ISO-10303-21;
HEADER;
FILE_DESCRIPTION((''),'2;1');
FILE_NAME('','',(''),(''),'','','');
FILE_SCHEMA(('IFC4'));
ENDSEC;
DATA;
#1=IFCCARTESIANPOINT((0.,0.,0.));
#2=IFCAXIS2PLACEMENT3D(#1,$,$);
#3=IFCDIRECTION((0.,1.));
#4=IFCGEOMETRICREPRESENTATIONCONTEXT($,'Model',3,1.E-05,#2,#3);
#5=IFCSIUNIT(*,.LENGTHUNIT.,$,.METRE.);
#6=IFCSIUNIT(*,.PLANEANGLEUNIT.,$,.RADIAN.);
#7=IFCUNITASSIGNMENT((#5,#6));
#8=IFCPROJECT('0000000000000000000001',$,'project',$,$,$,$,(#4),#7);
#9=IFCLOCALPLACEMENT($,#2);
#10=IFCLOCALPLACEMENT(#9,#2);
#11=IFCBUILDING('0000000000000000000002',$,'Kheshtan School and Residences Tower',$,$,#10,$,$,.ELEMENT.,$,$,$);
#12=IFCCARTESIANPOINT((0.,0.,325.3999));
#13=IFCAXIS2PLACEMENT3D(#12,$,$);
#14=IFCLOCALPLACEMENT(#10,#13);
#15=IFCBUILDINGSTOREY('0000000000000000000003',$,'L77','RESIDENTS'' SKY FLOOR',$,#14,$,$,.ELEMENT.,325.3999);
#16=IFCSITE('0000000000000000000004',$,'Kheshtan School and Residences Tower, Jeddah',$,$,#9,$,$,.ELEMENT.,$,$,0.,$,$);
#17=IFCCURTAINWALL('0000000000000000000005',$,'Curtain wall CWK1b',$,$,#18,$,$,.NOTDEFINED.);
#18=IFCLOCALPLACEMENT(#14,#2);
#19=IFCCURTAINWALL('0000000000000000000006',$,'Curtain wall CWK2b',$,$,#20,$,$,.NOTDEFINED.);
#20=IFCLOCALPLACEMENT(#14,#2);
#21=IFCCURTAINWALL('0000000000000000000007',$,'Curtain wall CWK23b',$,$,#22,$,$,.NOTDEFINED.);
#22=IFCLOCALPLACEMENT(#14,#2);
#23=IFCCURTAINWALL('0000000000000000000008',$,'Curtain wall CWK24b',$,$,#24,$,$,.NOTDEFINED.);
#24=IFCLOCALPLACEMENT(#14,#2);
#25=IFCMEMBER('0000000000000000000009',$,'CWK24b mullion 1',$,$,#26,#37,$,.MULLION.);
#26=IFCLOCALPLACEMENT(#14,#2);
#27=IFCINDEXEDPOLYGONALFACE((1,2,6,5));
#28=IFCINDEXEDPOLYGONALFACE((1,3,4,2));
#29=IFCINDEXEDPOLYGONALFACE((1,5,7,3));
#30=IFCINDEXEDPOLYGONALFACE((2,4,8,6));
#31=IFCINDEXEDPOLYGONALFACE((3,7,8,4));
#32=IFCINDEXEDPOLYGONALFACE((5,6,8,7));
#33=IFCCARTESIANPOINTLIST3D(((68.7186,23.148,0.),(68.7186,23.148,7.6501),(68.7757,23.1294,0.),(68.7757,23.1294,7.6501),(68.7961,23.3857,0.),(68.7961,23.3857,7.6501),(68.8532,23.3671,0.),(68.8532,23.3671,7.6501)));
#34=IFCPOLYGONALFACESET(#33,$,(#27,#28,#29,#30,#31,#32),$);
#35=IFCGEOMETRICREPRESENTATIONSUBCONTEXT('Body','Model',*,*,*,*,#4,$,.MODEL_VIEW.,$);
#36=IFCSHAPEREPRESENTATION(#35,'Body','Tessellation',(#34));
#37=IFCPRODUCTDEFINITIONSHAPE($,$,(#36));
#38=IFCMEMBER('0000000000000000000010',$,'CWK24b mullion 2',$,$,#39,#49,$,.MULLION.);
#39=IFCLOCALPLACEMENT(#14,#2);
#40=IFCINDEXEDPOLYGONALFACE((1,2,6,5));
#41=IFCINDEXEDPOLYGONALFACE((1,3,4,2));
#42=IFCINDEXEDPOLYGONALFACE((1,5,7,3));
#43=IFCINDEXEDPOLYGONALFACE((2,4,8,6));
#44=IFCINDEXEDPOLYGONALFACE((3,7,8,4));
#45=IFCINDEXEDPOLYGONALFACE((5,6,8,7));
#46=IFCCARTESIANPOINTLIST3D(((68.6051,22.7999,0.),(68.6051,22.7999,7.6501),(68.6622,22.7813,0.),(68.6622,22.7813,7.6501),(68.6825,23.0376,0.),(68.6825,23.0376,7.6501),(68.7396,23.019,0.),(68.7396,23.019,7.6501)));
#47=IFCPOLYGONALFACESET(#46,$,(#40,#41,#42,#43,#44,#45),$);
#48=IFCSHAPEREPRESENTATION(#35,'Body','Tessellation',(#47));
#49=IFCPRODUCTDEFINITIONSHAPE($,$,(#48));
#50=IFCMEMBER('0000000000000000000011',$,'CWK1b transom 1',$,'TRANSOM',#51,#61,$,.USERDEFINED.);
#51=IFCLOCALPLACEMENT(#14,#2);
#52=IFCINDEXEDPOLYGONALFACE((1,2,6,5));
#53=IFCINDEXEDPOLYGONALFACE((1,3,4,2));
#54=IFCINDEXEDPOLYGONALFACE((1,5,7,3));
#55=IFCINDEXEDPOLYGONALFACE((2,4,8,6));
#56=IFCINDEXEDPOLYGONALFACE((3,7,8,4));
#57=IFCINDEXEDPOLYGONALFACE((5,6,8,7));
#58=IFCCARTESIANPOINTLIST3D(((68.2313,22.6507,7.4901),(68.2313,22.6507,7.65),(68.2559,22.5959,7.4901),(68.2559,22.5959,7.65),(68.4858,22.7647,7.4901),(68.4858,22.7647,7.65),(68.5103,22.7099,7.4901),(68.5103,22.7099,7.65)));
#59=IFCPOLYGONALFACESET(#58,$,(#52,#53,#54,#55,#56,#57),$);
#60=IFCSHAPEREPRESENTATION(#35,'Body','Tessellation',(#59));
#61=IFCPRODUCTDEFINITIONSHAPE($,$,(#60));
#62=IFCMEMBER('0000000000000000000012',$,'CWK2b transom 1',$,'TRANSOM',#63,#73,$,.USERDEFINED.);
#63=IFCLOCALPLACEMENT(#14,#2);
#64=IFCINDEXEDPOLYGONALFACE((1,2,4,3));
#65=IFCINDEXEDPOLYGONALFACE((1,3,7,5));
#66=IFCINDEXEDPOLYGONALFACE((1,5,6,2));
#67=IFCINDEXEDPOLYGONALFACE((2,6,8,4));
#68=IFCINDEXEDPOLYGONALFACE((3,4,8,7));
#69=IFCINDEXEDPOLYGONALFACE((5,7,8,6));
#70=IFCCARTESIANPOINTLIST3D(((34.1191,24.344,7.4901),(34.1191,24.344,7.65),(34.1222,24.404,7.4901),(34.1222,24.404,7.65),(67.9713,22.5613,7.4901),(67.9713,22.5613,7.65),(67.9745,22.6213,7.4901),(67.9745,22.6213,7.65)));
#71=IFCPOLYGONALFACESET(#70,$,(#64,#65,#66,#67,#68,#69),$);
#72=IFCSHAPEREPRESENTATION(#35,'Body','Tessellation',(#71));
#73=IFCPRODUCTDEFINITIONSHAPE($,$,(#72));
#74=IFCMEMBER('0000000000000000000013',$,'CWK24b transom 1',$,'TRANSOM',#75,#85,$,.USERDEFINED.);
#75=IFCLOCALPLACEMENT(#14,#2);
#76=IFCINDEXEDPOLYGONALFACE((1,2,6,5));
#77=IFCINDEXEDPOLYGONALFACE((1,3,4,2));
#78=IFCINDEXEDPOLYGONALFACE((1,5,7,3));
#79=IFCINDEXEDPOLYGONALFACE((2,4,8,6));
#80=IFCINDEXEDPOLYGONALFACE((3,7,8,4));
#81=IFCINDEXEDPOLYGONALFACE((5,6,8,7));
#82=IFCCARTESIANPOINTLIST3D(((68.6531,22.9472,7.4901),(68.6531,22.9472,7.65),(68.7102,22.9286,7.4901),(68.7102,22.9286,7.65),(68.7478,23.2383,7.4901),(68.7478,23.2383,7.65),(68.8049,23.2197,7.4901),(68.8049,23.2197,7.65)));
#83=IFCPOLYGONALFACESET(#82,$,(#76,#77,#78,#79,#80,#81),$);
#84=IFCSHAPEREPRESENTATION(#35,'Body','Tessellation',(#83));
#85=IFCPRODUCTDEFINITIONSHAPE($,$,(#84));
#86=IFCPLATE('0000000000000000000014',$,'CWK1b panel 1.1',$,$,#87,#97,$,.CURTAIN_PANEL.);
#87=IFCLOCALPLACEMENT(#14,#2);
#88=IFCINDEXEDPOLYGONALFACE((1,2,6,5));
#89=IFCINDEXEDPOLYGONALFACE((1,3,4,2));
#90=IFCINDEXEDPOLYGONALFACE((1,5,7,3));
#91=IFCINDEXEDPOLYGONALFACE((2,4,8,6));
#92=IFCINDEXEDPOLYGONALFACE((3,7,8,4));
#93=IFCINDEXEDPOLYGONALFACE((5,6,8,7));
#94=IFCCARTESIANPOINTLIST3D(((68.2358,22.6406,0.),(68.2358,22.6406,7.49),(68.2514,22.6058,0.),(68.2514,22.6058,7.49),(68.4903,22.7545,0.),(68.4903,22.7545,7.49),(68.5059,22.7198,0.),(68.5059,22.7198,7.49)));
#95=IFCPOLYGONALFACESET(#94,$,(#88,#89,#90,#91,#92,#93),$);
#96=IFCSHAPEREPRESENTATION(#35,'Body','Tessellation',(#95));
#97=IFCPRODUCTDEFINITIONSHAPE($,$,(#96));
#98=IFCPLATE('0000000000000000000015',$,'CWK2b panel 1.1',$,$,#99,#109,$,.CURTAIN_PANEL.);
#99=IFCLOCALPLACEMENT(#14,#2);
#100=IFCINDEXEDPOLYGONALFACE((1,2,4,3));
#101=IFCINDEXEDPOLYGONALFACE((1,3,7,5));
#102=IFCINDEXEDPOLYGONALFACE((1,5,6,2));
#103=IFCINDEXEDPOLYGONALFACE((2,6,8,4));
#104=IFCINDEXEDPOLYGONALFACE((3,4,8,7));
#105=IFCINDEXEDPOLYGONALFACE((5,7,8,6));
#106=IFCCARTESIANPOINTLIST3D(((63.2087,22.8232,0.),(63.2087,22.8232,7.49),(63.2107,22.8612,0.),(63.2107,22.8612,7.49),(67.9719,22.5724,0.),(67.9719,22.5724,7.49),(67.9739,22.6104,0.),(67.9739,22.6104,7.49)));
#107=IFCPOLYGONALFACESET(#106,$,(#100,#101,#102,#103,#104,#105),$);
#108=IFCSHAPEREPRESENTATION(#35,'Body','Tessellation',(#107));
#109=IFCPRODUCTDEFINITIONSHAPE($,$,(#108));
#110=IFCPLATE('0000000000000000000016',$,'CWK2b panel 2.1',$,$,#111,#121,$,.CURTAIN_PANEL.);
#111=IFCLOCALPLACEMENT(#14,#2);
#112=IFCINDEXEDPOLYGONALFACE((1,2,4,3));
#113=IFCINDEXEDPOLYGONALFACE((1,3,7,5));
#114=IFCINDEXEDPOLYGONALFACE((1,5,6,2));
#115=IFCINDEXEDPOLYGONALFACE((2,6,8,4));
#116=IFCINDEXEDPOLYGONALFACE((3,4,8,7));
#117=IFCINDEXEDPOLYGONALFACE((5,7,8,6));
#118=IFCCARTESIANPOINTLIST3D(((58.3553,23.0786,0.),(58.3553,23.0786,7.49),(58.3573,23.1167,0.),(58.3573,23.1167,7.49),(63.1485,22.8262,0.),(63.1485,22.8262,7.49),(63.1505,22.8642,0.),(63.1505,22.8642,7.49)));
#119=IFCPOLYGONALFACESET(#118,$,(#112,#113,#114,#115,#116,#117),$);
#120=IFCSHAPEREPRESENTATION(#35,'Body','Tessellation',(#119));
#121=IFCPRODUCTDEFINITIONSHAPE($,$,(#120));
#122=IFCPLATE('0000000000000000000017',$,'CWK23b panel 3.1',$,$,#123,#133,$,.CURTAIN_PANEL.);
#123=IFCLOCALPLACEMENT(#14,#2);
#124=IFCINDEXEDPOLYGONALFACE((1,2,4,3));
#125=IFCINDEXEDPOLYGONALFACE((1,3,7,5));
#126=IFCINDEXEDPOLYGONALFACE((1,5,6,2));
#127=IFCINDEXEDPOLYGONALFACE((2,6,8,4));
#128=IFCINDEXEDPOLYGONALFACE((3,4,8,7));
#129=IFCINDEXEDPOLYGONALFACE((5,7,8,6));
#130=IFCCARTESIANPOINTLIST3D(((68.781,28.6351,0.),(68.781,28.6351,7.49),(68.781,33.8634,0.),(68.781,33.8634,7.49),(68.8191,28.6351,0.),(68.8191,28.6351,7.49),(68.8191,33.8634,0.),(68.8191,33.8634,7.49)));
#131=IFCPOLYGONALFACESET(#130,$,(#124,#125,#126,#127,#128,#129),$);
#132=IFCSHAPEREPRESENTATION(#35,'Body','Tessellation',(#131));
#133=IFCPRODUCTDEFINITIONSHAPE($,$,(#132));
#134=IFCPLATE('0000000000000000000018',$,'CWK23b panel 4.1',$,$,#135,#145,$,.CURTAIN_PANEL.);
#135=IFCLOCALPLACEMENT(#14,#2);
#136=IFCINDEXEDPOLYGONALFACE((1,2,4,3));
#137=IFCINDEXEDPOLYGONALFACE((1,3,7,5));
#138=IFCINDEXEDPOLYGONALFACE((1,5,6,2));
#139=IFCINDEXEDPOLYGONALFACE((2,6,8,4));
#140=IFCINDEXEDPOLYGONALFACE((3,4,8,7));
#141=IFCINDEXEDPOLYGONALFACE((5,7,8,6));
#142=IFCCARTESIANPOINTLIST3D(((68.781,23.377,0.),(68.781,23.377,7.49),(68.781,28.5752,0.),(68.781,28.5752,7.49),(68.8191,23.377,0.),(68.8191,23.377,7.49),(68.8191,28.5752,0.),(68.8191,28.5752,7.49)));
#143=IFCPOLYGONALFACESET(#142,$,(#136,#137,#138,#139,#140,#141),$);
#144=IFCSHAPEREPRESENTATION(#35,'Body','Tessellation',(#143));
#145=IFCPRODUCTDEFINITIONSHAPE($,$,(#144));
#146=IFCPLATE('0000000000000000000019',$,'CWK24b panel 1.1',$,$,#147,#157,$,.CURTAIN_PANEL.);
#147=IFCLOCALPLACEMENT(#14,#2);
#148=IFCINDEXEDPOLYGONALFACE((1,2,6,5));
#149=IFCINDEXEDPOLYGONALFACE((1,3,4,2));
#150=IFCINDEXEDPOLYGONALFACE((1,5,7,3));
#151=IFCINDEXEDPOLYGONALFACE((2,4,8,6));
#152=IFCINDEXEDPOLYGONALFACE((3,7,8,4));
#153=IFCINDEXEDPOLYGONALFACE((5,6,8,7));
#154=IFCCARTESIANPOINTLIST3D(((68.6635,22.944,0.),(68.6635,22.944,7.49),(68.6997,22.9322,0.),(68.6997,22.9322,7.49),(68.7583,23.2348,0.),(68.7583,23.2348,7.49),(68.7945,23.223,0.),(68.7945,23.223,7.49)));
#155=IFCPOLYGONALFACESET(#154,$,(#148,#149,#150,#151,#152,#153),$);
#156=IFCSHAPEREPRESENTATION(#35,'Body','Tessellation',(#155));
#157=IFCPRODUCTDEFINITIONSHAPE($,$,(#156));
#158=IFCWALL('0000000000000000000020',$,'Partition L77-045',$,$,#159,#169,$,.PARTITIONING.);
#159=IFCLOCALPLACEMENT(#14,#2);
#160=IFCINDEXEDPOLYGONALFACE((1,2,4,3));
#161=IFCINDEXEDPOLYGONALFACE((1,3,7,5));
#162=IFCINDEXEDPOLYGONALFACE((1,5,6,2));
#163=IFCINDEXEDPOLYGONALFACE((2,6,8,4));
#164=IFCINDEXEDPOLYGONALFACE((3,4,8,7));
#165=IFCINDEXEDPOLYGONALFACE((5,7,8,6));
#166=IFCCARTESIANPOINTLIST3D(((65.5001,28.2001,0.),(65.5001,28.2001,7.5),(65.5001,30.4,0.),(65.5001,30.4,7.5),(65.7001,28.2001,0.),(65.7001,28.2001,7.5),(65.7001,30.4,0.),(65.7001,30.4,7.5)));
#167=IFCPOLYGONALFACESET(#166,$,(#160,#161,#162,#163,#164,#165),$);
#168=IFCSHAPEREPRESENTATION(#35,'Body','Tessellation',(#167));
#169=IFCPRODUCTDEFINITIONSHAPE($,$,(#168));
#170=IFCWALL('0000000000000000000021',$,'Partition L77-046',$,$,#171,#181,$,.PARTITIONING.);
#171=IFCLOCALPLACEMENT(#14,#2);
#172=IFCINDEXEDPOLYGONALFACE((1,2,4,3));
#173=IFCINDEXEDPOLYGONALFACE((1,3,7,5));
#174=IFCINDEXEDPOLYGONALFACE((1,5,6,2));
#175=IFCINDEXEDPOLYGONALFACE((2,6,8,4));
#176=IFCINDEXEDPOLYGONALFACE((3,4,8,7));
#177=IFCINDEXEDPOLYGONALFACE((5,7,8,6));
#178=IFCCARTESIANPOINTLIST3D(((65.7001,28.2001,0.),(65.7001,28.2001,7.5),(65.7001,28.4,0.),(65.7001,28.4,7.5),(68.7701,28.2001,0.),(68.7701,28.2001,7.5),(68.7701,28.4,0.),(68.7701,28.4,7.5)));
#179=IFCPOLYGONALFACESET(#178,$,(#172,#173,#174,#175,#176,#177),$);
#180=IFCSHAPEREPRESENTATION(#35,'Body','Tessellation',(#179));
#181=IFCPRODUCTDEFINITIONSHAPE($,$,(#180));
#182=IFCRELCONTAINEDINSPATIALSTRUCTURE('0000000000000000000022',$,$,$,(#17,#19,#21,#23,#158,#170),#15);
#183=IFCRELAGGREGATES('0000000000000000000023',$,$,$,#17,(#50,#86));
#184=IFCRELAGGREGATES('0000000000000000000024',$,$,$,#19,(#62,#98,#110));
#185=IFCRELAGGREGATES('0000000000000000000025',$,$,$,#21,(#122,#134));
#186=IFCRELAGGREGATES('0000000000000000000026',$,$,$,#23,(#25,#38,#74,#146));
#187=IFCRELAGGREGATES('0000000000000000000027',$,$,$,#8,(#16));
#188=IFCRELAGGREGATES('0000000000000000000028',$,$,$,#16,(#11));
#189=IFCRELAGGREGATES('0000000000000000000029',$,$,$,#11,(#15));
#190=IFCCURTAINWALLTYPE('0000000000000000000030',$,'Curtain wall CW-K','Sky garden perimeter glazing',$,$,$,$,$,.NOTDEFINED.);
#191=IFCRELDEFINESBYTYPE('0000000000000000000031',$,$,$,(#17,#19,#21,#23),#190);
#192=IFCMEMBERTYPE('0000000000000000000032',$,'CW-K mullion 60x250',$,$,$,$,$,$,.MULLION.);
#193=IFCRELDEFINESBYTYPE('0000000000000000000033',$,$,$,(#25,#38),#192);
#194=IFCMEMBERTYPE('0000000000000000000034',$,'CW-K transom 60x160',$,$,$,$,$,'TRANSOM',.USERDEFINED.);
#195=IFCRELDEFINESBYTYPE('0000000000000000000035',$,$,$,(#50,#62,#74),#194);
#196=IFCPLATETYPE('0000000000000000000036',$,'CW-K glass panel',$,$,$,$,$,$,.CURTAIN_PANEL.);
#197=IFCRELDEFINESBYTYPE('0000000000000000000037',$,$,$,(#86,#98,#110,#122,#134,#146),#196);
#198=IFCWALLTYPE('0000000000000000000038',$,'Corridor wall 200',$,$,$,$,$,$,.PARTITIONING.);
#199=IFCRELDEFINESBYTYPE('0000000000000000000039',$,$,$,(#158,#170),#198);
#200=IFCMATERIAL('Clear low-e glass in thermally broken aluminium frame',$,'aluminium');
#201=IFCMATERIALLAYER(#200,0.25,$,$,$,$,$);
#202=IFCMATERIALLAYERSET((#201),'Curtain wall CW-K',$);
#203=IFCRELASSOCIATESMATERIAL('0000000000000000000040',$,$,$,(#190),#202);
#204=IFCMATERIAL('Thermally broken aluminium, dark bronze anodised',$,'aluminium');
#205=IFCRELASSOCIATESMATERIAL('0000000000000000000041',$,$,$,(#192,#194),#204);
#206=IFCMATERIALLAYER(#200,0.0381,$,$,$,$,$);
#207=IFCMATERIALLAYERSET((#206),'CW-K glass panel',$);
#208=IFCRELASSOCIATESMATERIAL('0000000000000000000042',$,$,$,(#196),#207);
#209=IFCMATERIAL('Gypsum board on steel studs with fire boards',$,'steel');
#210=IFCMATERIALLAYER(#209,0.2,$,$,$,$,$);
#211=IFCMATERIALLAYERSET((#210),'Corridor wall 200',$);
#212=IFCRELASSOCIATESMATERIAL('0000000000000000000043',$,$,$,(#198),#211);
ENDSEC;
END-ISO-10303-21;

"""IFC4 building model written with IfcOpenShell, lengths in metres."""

from ifc_helpers import new_model, si_unit, direction, frame, frame_2d, origin, origin_2d, place, context, subcontext, project, spatial, rectangle, extrude, material, layer, layer_set, material_profile, profile_set, type_object, element, aggregate, save


model = new_model("IFC4")

# Units and contexts
model_context = context("Model", 3, precision=1e-05, world=origin(), true_north=direction((0.0, 1.0)))
body_context = subcontext(model_context, "Body", "Model", "MODEL_VIEW")
ifc_project = project(units=[si_unit("LENGTHUNIT", "METRE"), si_unit("PLANEANGLEUNIT", "RADIAN")], contexts=[model_context])

# Site, building, storey
site_placement = place(None, origin())
site = spatial("IfcSite", under=ifc_project, at=site_placement, Name="Kheshtan School and Residences Tower, Jeddah", CompositionType="ELEMENT", RefElevation=0.0)
building_placement = place(site_placement, origin())
building = spatial("IfcBuilding", under=site, at=building_placement, Name="Kheshtan School and Residences Tower", CompositionType="ELEMENT")
storey_placement = place(building_placement, frame((0.0, 0.0, 325.3999)))
storey = spatial("IfcBuildingStorey", under=building, at=storey_placement, Name="L77", Description="RESIDENTS' SKY FLOOR", CompositionType="ELEMENT", Elevation=325.3999)

# Curtain walls, members
ifc_material_1 = material(Name="Clear low-e glass in thermally broken aluminium frame", Category="aluminium")
ifc_layer_1 = layer(ifc_material_1, 0.25)
ifc_layer_set_1 = layer_set([ifc_layer_1], Name="Curtain wall CW-K")
curtain_wall_type = type_object("IfcCurtainWallType", Name="Curtain wall CW-K", Description="Sky garden perimeter glazing", PredefinedType="NOTDEFINED", material=ifc_layer_set_1)
curtain_wall_1_placement = place(storey_placement, origin())
curtain_wall_1 = element("IfcCurtainWall", 1, at=curtain_wall_1_placement, inside=storey, type_object=curtain_wall_type, Name="Curtain wall CWK1b", PredefinedType="NOTDEFINED")
ifc_material_2 = material(Name="Thermally broken aluminium, dark bronze anodised", Category="aluminium")
ifc_material_profile_1 = material_profile(ifc_material_2, rectangle(XDim=0.0601, YDim=0.25, at=origin_2d()), Name="CW-K mullion 60x250")
ifc_profile_set_1 = profile_set([ifc_material_profile_1], Name="Thermally broken aluminium, dark bronze anodised")
member_type_1 = type_object("IfcMemberType", Name="CW-K mullion 60x250", PredefinedType="MULLION", material=ifc_profile_set_1)
curtain_wall_2_placement = place(storey_placement, origin())
curtain_wall_2 = element("IfcCurtainWall", 2, at=curtain_wall_2_placement, inside=storey, type_object=curtain_wall_type, Name="Curtain wall CWK2b", PredefinedType="NOTDEFINED")
curtain_wall_3_placement = place(storey_placement, origin())
curtain_wall_3 = element("IfcCurtainWall", 3, at=curtain_wall_3_placement, inside=storey, type_object=curtain_wall_type, Name="Curtain wall CWK23b", PredefinedType="NOTDEFINED")
curtain_wall_4_placement = place(storey_placement, origin())
curtain_wall_4 = element("IfcCurtainWall", 4, at=curtain_wall_4_placement, inside=storey, type_object=curtain_wall_type, Name="Curtain wall CWK24b", PredefinedType="NOTDEFINED")
member_1_placement = place(storey_placement, frame((68.7859, 23.2576, 0.0), z_axis=(0.0, 0.0, 1.0), x_axis=(0.950775, -0.309882, 0.0)))
member_1 = element("IfcMember", 5, at=member_1_placement, type_object=member_type_1, Name="CWK24b mullion 1", PredefinedType="MULLION", context=body_context, shape_type="SweptSolid", body=[
    extrude(rectangle(XDim=0.0601, YDim=0.25, at=origin_2d()), origin(), (0.0, 0.0, 1.0), 7.6501),
])
member_2_placement = place(storey_placement, frame((68.6724, 22.9094, 0.0), z_axis=(0.0, 0.0, 1.0), x_axis=(0.950775, -0.309882, 0.0)))
member_2 = element("IfcMember", 6, at=member_2_placement, type_object=member_type_1, Name="CWK24b mullion 2", PredefinedType="MULLION", context=body_context, shape_type="SweptSolid", body=[
    extrude(rectangle(XDim=0.0601, YDim=0.25, at=origin_2d()), origin(), (0.0, 0.0, 1.0), 7.6501),
])

# Members
ifc_material_profile_2 = material_profile(ifc_material_2, rectangle(XDim=0.0601, YDim=0.1599, at=origin_2d()), Name="CW-K transom 60x160")
ifc_profile_set_2 = profile_set([ifc_material_profile_2], Name="Thermally broken aluminium, dark bronze anodised")
member_type_2 = type_object("IfcMemberType", Name="CW-K transom 60x160", ElementType="TRANSOM", PredefinedType="USERDEFINED", material=ifc_profile_set_2)
member_3_placement = place(storey_placement, frame((68.498, 22.7373, 7.5701), z_axis=(-0.912543, -0.40898, 0.0), x_axis=(0.40898, -0.912543, 0.0)))
member_3 = element("IfcMember", 7, at=member_3_placement, type_object=member_type_2, Name="CWK1b transom 1", ObjectType="TRANSOM", PredefinedType="USERDEFINED", context=body_context, shape_type="SweptSolid", body=[
    extrude(rectangle(XDim=0.0601, YDim=0.1599, at=origin_2d()), origin(), (0.0, 0.0, 1.0), 0.2788),
])
member_4_placement = place(storey_placement, frame((67.9729, 22.5913, 7.5701), z_axis=(-0.998616, 0.052589, 0.0), x_axis=(-0.052589, -0.998616, 0.0)))
member_4 = element("IfcMember", 8, at=member_4_placement, type_object=member_type_2, Name="CWK2b transom 1", ObjectType="TRANSOM", PredefinedType="USERDEFINED", context=body_context, shape_type="SweptSolid", body=[
    extrude(rectangle(XDim=0.0601, YDim=0.1599, at=origin_2d()), origin(), (0.0, 0.0, 1.0), 33.8992),
])
member_5_placement = place(storey_placement, frame((68.7764, 23.229, 7.5701), z_axis=(-0.309519, -0.950893, 0.0), x_axis=(0.950893, -0.309519, 0.0)))
member_5 = element("IfcMember", 9, at=member_5_placement, type_object=member_type_2, Name="CWK24b transom 1", ObjectType="TRANSOM", PredefinedType="USERDEFINED", context=body_context, shape_type="SweptSolid", body=[
    extrude(rectangle(XDim=0.0601, YDim=0.1599, at=origin_2d()), origin(), (0.0, 0.0, 1.0), 0.3062),
])

# Plates
ifc_layer_2 = layer(ifc_material_1, 0.0381)
ifc_layer_set_2 = layer_set([ifc_layer_2], Name="CW-K glass panel")
plate_type = type_object("IfcPlateType", Name="CW-K glass panel", PredefinedType="CURTAIN_PANEL", material=ifc_layer_set_2)
plate_1_placement = place(storey_placement, frame((68.3708, 22.6802, 0.0), z_axis=(0.0, 0.0, 1.0), x_axis=(-0.912671, -0.408696, 0.0)))
plate_1 = element("IfcPlate", 10, at=plate_1_placement, type_object=plate_type, Name="CWK1b panel 1.1", PredefinedType="CURTAIN_PANEL", context=body_context, shape_type="SweptSolid", body=[
    extrude(rectangle(XDim=0.2788, YDim=0.0381, at=origin_2d()), origin(), (0.0, 0.0, 1.0), 7.49),
])
aggregate(curtain_wall_1, [member_3, plate_1])
plate_2_placement = place(storey_placement, frame((65.5913, 22.7168, 0.0), z_axis=(0.0, 0.0, 1.0), x_axis=(-0.998616, 0.052588, 0.0)))
plate_2 = element("IfcPlate", 11, at=plate_2_placement, type_object=plate_type, Name="CWK2b panel 1.1", PredefinedType="CURTAIN_PANEL", context=body_context, shape_type="SweptSolid", body=[
    extrude(rectangle(XDim=4.7698, YDim=0.0381, at=origin_2d()), origin(), (0.0, 0.0, 1.0), 7.49),
])
plate_3_placement = place(storey_placement, frame((60.7529, 22.9714, 0.0), z_axis=(0.0, 0.0, 1.0), x_axis=(-0.998616, 0.052588, 0.0)))
plate_3 = element("IfcPlate", 12, at=plate_3_placement, type_object=plate_type, Name="CWK2b panel 2.1", PredefinedType="CURTAIN_PANEL", context=body_context, shape_type="SweptSolid", body=[
    extrude(rectangle(XDim=4.7998, YDim=0.0381, at=origin_2d()), origin(), (0.0, 0.0, 1.0), 7.49),
])
aggregate(curtain_wall_2, [member_4, plate_2, plate_3])
plate_4_placement = place(storey_placement, frame((68.8, 31.2493, 0.0), z_axis=(0.0, 0.0, 1.0), x_axis=(0.0, -1.0, 0.0)))
plate_4 = element("IfcPlate", 13, at=plate_4_placement, type_object=plate_type, Name="CWK23b panel 3.1", PredefinedType="CURTAIN_PANEL", context=body_context, shape_type="SweptSolid", body=[
    extrude(rectangle(XDim=5.2283, YDim=0.0381, at=origin_2d()), origin(), (0.0, 0.0, 1.0), 7.49),
])
plate_5_placement = place(storey_placement, frame((68.8, 25.9761, 0.0), z_axis=(0.0, 0.0, 1.0), x_axis=(0.0, -1.0, 0.0)))
plate_5 = element("IfcPlate", 14, at=plate_5_placement, type_object=plate_type, Name="CWK23b panel 4.1", PredefinedType="CURTAIN_PANEL", context=body_context, shape_type="SweptSolid", body=[
    extrude(rectangle(XDim=5.1982, YDim=0.0381, at=origin_2d()), origin(), (0.0, 0.0, 1.0), 7.49),
])
aggregate(curtain_wall_3, [plate_4, plate_5])
plate_6_placement = place(storey_placement, frame((68.729, 23.0835, 0.0), z_axis=(0.0, 0.0, 1.0), x_axis=(-0.309882, -0.950775, 0.0)))
plate_6 = element("IfcPlate", 15, at=plate_6_placement, type_object=plate_type, Name="CWK24b panel 1.1", PredefinedType="CURTAIN_PANEL", context=body_context, shape_type="SweptSolid", body=[
    extrude(rectangle(XDim=0.3059, YDim=0.0381, at=origin_2d()), origin(), (0.0, 0.0, 1.0), 7.49),
])
aggregate(curtain_wall_4, [member_1, member_2, member_5, plate_6])

# Walls
ifc_material_3 = material(Name="Gypsum board on steel studs with fire boards", Category="steel")
ifc_layer_3 = layer(ifc_material_3, 0.2)
ifc_layer_set_3 = layer_set([ifc_layer_3], Name="Corridor wall 200")
wall_type = type_object("IfcWallType", Name="Corridor wall 200", PredefinedType="PARTITIONING", material=ifc_layer_set_3)
wall_1_placement = place(storey_placement, frame((65.6001, 28.2, 0.0), z_axis=(0.0, 0.0, 1.0), x_axis=(0.0, 1.0, 0.0)))
element("IfcWall", 16, at=wall_1_placement, inside=storey, type_object=wall_type, Name="Partition L77-045", PredefinedType="PARTITIONING", context=body_context, shape_type="SweptSolid", body=[
    extrude(rectangle(XDim=2.2, YDim=0.2, at=frame_2d((1.1001, 0.0))), origin(), (0.0, 0.0, 1.0), 7.5),
])
wall_2_placement = place(storey_placement, frame((65.7, 28.3, 0.0), z_axis=(0.0, 0.0, 1.0), x_axis=(1.0, 0.0, 0.0)))
element("IfcWall", 17, at=wall_2_placement, inside=storey, type_object=wall_type, Name="Partition L77-046", PredefinedType="PARTITIONING", context=body_context, shape_type="SweptSolid", body=[
    extrude(rectangle(XDim=3.0701, YDim=0.2, at=frame_2d((1.5352, 0.0))), origin(), (0.0, 0.0, 1.0), 7.5),
])

save(model, "model.ifc")
